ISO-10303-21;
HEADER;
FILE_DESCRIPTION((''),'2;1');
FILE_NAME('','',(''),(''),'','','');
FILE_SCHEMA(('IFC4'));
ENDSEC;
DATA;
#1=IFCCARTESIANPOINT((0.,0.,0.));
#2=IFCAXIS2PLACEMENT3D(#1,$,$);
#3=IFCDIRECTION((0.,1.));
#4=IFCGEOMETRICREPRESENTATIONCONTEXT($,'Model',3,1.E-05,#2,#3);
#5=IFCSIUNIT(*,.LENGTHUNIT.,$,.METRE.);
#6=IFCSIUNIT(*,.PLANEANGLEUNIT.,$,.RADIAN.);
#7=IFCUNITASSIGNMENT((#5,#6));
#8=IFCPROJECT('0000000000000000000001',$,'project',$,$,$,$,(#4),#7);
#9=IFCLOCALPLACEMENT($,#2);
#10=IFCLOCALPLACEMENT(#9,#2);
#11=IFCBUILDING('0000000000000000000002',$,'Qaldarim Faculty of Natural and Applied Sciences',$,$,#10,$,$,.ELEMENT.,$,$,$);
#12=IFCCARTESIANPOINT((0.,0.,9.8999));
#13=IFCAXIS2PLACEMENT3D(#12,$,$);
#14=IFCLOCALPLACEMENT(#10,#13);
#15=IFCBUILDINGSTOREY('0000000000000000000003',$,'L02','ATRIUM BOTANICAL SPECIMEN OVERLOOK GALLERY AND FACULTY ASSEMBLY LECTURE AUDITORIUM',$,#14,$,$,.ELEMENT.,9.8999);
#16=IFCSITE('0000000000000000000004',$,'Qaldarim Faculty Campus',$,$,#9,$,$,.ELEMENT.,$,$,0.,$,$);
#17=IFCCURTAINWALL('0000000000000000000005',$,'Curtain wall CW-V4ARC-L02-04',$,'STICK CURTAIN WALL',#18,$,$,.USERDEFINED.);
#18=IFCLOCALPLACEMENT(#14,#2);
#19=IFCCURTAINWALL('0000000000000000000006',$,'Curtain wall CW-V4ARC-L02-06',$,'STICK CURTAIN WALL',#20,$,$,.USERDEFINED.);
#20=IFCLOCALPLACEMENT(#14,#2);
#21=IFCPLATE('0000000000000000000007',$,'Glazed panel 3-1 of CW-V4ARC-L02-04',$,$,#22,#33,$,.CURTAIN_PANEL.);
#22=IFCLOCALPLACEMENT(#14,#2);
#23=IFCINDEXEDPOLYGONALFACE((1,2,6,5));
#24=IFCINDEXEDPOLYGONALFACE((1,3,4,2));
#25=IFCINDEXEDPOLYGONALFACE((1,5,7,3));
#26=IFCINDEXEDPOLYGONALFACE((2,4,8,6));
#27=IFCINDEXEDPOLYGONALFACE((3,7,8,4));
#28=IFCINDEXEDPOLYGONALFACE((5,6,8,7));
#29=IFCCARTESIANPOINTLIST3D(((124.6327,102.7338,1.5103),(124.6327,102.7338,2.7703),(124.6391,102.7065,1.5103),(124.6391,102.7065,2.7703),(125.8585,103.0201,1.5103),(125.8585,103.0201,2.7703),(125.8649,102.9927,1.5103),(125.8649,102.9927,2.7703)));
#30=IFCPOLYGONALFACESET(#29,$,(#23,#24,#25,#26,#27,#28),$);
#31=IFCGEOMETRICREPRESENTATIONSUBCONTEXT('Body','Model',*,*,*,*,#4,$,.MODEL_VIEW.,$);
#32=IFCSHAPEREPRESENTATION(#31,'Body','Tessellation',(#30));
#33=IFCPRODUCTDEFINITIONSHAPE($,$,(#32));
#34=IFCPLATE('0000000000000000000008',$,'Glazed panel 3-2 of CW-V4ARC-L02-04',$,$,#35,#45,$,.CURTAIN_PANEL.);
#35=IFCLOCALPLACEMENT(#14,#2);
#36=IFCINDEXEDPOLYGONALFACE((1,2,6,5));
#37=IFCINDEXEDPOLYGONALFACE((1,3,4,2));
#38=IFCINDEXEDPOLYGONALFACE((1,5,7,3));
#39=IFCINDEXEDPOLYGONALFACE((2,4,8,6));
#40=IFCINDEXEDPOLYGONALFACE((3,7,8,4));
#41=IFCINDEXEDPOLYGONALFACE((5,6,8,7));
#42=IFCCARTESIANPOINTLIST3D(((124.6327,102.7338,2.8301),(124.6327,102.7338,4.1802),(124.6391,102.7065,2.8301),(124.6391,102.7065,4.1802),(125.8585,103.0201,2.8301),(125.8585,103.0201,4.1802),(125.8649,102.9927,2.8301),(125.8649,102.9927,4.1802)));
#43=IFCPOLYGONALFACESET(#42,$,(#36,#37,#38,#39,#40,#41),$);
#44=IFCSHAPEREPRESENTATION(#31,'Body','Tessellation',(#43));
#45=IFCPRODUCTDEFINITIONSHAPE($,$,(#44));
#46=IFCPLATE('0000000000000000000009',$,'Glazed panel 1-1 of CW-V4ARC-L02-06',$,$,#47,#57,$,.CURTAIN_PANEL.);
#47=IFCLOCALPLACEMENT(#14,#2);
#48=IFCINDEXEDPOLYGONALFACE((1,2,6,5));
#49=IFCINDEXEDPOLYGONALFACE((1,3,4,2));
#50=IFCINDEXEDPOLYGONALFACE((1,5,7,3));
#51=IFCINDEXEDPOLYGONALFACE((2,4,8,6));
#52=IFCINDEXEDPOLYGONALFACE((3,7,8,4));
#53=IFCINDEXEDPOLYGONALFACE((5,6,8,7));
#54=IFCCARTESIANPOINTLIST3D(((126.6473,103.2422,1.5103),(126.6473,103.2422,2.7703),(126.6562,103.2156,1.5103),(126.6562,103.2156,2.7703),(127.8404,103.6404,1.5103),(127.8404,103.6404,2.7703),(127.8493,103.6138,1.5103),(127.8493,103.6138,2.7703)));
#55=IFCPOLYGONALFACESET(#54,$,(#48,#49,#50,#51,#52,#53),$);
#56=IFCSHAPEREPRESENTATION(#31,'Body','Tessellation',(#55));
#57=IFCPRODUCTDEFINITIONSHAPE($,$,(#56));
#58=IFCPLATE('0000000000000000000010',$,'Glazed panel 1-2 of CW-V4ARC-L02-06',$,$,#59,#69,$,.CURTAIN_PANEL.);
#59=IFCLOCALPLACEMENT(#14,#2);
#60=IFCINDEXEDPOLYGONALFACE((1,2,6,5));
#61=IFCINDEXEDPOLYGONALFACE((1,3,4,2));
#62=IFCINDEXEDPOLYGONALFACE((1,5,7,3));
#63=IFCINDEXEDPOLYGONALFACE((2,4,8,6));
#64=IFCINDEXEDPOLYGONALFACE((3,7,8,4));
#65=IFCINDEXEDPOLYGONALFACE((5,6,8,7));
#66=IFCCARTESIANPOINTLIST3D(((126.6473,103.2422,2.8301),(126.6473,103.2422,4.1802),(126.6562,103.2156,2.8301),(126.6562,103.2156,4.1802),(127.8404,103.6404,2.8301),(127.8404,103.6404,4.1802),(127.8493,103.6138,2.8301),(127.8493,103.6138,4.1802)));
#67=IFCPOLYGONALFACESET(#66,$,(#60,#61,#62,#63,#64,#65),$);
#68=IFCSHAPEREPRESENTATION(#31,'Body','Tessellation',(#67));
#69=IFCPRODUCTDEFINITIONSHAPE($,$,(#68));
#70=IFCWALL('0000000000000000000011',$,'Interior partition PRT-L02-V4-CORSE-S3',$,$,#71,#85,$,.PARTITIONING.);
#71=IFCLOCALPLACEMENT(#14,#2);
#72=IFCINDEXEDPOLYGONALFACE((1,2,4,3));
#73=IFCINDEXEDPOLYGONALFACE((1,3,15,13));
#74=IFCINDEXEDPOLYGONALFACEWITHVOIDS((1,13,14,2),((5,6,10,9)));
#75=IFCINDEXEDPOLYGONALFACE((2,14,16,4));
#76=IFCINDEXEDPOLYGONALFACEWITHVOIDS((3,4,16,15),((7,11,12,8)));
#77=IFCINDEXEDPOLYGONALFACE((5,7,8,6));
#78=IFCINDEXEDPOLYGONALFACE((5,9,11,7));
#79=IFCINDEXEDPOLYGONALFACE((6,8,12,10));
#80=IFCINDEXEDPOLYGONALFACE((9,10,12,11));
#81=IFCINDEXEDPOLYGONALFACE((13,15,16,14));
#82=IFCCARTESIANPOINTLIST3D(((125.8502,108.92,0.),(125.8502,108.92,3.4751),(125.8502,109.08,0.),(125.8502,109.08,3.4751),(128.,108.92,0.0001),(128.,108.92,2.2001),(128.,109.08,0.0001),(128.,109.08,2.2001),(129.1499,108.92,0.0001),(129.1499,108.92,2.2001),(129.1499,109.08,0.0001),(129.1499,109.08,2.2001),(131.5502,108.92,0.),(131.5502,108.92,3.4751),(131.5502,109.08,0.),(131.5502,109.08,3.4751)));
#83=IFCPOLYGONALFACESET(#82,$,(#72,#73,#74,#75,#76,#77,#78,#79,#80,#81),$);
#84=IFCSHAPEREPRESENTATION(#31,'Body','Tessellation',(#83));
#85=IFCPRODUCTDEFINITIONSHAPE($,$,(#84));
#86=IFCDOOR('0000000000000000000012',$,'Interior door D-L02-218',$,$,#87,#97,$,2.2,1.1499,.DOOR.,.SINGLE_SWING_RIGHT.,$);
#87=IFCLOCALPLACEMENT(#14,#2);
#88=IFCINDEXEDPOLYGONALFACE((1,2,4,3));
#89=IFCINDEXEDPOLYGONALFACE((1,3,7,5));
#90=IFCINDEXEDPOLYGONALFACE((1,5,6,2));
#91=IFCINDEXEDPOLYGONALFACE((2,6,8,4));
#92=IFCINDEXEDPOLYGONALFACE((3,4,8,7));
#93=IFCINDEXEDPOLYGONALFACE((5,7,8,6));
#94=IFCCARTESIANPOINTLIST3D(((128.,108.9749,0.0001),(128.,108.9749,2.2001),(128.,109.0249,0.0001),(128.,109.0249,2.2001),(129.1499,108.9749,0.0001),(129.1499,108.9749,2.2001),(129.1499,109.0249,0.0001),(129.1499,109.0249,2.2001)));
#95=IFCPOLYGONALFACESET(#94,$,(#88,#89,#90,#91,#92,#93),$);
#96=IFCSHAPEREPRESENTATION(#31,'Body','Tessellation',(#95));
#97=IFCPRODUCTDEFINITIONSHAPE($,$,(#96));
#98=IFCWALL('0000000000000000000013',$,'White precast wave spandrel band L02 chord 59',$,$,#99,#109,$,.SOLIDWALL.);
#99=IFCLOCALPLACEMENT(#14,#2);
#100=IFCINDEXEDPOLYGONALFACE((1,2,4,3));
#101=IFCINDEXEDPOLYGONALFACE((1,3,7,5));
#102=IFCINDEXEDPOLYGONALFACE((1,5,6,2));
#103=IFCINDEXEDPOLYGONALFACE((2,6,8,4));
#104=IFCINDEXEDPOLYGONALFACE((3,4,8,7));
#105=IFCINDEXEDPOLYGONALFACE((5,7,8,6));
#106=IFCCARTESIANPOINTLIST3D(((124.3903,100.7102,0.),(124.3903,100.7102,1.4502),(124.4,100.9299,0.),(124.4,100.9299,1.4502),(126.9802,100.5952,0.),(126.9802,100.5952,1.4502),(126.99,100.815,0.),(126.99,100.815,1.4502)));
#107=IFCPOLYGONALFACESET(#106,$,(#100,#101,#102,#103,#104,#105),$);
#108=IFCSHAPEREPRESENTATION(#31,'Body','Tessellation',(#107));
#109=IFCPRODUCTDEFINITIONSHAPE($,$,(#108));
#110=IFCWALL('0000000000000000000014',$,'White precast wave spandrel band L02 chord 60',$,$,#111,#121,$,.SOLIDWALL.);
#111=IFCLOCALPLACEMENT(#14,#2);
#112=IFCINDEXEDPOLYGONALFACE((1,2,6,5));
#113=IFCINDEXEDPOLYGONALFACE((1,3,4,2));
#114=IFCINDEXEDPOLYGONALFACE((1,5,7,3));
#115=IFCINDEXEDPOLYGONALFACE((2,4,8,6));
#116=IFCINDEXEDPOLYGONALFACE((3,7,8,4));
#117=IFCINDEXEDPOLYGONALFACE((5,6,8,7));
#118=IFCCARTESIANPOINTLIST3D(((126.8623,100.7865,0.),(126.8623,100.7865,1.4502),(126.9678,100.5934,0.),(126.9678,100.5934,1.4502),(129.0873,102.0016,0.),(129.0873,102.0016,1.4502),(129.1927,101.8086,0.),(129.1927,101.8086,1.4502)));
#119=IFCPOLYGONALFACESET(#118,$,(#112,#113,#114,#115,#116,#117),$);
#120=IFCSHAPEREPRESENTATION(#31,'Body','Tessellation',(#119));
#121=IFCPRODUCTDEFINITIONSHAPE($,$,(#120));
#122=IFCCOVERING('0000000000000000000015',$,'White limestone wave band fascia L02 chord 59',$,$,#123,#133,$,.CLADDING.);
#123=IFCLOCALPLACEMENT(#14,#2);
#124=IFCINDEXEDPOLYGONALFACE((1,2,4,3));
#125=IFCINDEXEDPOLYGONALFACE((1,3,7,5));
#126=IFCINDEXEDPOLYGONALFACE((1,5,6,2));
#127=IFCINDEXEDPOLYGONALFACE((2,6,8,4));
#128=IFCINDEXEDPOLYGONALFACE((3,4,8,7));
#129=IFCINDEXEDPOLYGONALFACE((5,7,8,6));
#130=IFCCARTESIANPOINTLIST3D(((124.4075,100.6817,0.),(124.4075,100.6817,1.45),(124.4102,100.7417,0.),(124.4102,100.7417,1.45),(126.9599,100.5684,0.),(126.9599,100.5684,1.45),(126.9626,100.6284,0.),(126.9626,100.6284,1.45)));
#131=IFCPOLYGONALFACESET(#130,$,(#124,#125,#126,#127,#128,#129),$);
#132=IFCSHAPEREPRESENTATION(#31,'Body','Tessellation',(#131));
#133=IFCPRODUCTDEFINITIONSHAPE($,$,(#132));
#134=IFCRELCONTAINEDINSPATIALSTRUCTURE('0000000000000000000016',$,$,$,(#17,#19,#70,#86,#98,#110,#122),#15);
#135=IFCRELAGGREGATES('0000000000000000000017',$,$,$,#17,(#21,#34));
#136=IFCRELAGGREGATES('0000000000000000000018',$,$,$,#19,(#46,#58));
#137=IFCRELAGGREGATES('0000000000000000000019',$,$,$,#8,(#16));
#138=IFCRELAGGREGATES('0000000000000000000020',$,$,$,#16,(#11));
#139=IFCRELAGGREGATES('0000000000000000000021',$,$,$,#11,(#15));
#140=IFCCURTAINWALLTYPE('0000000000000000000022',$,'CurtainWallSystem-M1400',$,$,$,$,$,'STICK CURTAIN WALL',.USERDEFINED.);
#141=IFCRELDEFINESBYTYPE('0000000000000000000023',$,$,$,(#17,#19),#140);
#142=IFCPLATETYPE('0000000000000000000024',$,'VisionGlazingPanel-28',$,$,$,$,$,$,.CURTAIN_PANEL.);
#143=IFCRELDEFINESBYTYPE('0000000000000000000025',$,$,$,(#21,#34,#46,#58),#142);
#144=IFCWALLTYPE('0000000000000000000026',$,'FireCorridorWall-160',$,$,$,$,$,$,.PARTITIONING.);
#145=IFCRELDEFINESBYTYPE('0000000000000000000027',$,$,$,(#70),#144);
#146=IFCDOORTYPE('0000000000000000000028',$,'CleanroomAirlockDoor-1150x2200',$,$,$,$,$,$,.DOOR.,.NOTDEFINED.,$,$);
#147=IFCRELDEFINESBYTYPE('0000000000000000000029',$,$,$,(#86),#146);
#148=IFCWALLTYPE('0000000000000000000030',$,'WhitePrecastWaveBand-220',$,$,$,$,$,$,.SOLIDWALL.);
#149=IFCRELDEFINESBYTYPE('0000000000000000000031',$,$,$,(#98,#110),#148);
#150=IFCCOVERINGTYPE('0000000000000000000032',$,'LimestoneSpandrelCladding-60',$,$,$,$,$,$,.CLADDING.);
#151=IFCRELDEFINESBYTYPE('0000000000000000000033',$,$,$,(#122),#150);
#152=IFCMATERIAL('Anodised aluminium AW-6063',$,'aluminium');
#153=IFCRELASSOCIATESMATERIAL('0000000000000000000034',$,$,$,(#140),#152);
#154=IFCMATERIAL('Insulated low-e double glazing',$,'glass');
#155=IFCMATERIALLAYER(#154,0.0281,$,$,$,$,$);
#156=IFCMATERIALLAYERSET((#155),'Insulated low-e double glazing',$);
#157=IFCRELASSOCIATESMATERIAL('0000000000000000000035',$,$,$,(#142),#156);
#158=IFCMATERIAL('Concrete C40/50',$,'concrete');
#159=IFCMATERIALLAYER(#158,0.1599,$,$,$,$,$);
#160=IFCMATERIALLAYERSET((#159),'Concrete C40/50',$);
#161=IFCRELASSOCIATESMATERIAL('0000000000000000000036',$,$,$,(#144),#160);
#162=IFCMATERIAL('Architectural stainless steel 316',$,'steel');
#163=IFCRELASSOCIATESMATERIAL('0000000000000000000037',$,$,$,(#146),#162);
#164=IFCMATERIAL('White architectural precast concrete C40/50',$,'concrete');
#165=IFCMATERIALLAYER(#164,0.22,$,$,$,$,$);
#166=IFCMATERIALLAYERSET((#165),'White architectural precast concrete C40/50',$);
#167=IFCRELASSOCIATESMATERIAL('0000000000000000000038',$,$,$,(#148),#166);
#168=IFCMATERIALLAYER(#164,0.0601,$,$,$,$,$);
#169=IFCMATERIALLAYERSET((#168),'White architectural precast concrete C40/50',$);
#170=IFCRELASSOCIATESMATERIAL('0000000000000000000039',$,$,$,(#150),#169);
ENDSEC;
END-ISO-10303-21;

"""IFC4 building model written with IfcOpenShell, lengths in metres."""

from ifc_helpers import new_model, si_unit, direction, frame, frame_2d, origin, origin_2d, place, context, subcontext, project, spatial, rectangle, extrude, material, layer, layer_set, type_object, element, fill, aggregate, save


model = new_model("IFC4")

# Units and contexts
model_context = context("Model", 3, precision=1e-05, world=origin(), true_north=direction((0.0, 1.0)))
body_context = subcontext(model_context, "Body", "Model", "MODEL_VIEW")
ifc_project = project(units=[si_unit("LENGTHUNIT", "METRE"), si_unit("PLANEANGLEUNIT", "RADIAN")], contexts=[model_context])

# Site, building, storey
site_placement = place(None, origin())
site = spatial("IfcSite", under=ifc_project, at=site_placement, Name="Qaldarim Faculty Campus", CompositionType="ELEMENT", RefElevation=0.0)
building_placement = place(site_placement, origin())
building = spatial("IfcBuilding", under=site, at=building_placement, Name="Qaldarim Faculty of Natural and Applied Sciences", CompositionType="ELEMENT")
storey_placement = place(building_placement, frame((0.0, 0.0, 9.8999)))
storey = spatial("IfcBuildingStorey", under=building, at=storey_placement, Name="L02", Description="ATRIUM BOTANICAL SPECIMEN OVERLOOK GALLERY AND FACULTY ASSEMBLY LECTURE AUDITORIUM", CompositionType="ELEMENT", Elevation=9.8999)

# Curtain walls
ifc_material_1 = material(Name="Anodised aluminium AW-6063", Category="aluminium")
curtain_wall_type = type_object("IfcCurtainWallType", Name="CurtainWallSystem-M1400", ElementType="STICK CURTAIN WALL", PredefinedType="USERDEFINED", material=ifc_material_1)
curtain_wall_1_placement = place(storey_placement, origin())
curtain_wall_1 = element("IfcCurtainWall", 1, at=curtain_wall_1_placement, inside=storey, type_object=curtain_wall_type, Name="Curtain wall CW-V4ARC-L02-04", ObjectType="STICK CURTAIN WALL", PredefinedType="USERDEFINED")
curtain_wall_2_placement = place(storey_placement, origin())
curtain_wall_2 = element("IfcCurtainWall", 2, at=curtain_wall_2_placement, inside=storey, type_object=curtain_wall_type, Name="Curtain wall CW-V4ARC-L02-06", ObjectType="STICK CURTAIN WALL", PredefinedType="USERDEFINED")

# Plates
ifc_material_2 = material(Name="Insulated low-e double glazing", Category="glass")
ifc_layer_1 = layer(ifc_material_2, 0.0281)
ifc_layer_set_1 = layer_set([ifc_layer_1], Name="Insulated low-e double glazing")
plate_type = type_object("IfcPlateType", Name="VisionGlazingPanel-28", PredefinedType="CURTAIN_PANEL", material=ifc_layer_set_1)
plate_1_placement = place(storey_placement, frame((125.2488, 102.8633, 1.5103), z_axis=(0.0, 0.0, 1.0), x_axis=(0.973806, 0.227382, 0.0)))
plate_1 = element("IfcPlate", 3, at=plate_1_placement, type_object=plate_type, Name="Glazed panel 3-1 of CW-V4ARC-L02-04", PredefinedType="CURTAIN_PANEL", context=body_context, shape_type="SweptSolid", body=[
    extrude(rectangle(XDim=1.2588, YDim=0.0281, at=origin_2d()), origin(), (0.0, 0.0, 1.0), 1.26),
])
plate_2_placement = place(storey_placement, frame((125.2488, 102.8633, 2.8301), z_axis=(0.0, 0.0, 1.0), x_axis=(0.973806, 0.227382, 0.0)))
plate_2 = element("IfcPlate", 4, at=plate_2_placement, type_object=plate_type, Name="Glazed panel 3-2 of CW-V4ARC-L02-04", PredefinedType="CURTAIN_PANEL", context=body_context, shape_type="SweptSolid", body=[
    extrude(rectangle(XDim=1.2588, YDim=0.0281, at=origin_2d()), origin(), (0.0, 0.0, 1.0), 1.3501),
])
aggregate(curtain_wall_1, [plate_1, plate_2])
plate_3_placement = place(storey_placement, frame((127.2483, 103.428, 1.5103), z_axis=(0.0, 0.0, 1.0), x_axis=(0.948562, 0.316593, 0.0)))
plate_3 = element("IfcPlate", 5, at=plate_3_placement, type_object=plate_type, Name="Glazed panel 1-1 of CW-V4ARC-L02-06", PredefinedType="CURTAIN_PANEL", context=body_context, shape_type="SweptSolid", body=[
    extrude(rectangle(XDim=1.2578, YDim=0.0281, at=origin_2d()), origin(), (0.0, 0.0, 1.0), 1.26),
])
plate_4_placement = place(storey_placement, frame((127.2483, 103.428, 2.8301), z_axis=(0.0, 0.0, 1.0), x_axis=(0.948562, 0.316593, 0.0)))
plate_4 = element("IfcPlate", 6, at=plate_4_placement, type_object=plate_type, Name="Glazed panel 1-2 of CW-V4ARC-L02-06", PredefinedType="CURTAIN_PANEL", context=body_context, shape_type="SweptSolid", body=[
    extrude(rectangle(XDim=1.2578, YDim=0.0281, at=origin_2d()), origin(), (0.0, 0.0, 1.0), 1.3501),
])
aggregate(curtain_wall_2, [plate_3, plate_4])

# Wall, opening, door
ifc_material_3 = material(Name="Concrete C40/50", Category="concrete")
ifc_layer_2 = layer(ifc_material_3, 0.1599)
ifc_layer_set_2 = layer_set([ifc_layer_2], Name="Concrete C40/50")
wall_type_1 = type_object("IfcWallType", Name="FireCorridorWall-160", PredefinedType="PARTITIONING", material=ifc_layer_set_2)
wall_1_placement = place(storey_placement, frame((125.8501, 109.0, 0.0), z_axis=(0.0, 0.0, 1.0), x_axis=(1.0, 0.0, 0.0)))
wall_1 = element("IfcWall", 7, at=wall_1_placement, inside=storey, type_object=wall_type_1, Name="Interior partition PRT-L02-V4-CORSE-S3", PredefinedType="PARTITIONING", context=body_context, shape_type="SweptSolid", body=[
    extrude(rectangle(XDim=5.7, YDim=0.1599, at=frame_2d((2.8501, 0.0))), origin(), (0.0, 0.0, 1.0), 3.4751),
])
opening_placement = place(wall_1_placement, frame((2.1499, 0.0, 0.0)))
opening = element("IfcOpeningElement", 8, at=opening_placement, cuts=wall_1, PredefinedType="OPENING", context=body_context, shape_type="SweptSolid", body=[
    extrude(rectangle(XDim=1.1499, YDim=2.2, at=frame_2d((0.575, 1.1001))), frame((0.0, 0.0898, 0.0), z_axis=(0.0, -1.0, 0.0), x_axis=(1.0, 0.0, 0.0)), (0.0, 0.0, 1.0), 0.1799),
])
ifc_material_4 = material(Name="Architectural stainless steel 316", Category="steel")
door_type = type_object("IfcDoorType", Name="CleanroomAirlockDoor-1150x2200", OperationType="NOTDEFINED", PredefinedType="DOOR", material=ifc_material_4)
door_placement = place(opening_placement, origin())
door = element("IfcDoor", 9, at=door_placement, inside=storey, type_object=door_type, Name="Interior door D-L02-218", OperationType="SINGLE_SWING_RIGHT", OverallHeight=2.2, OverallWidth=1.1499, PredefinedType="DOOR", context=body_context, shape_type="SweptSolid", body=[
    extrude(rectangle(XDim=1.1499, YDim=2.2, at=frame_2d((0.575, 1.1001))), frame((0.0, 0.0249, 0.0), z_axis=(0.0, -1.0, 0.0), x_axis=(1.0, 0.0, 0.0)), (0.0, 0.0, 1.0), 0.05),
])
fill(opening, door)

# Walls
ifc_material_5 = material(Name="White architectural precast concrete C40/50", Category="concrete")
ifc_layer_3 = layer(ifc_material_5, 0.22)
ifc_layer_set_3 = layer_set([ifc_layer_3], Name="White architectural precast concrete C40/50")
wall_type_2 = type_object("IfcWallType", Name="WhitePrecastWaveBand-220", PredefinedType="SOLIDWALL", material=ifc_layer_set_3)
wall_2_placement = place(storey_placement, frame((124.395, 100.8201, 0.0), z_axis=(0.0, 0.0, 1.0), x_axis=(0.999016, -0.044353, 0.0)))
element("IfcWall", 10, at=wall_2_placement, inside=storey, type_object=wall_type_2, Name="White precast wave spandrel band L02 chord 59", PredefinedType="SOLIDWALL", context=body_context, shape_type="SweptSolid", body=[
    extrude(rectangle(XDim=2.5925, YDim=0.22, at=frame_2d((1.2964, 0.0))), origin(), (0.0, 0.0, 1.0), 1.4502),
])
wall_3_placement = place(storey_placement, frame((126.915, 100.6899, 0.0), z_axis=(0.0, 0.0, 1.0), x_axis=(0.877641, 0.479318, 0.0)))
element("IfcWall", 11, at=wall_3_placement, inside=storey, type_object=wall_type_2, Name="White precast wave spandrel band L02 chord 60", PredefinedType="SOLIDWALL", context=body_context, shape_type="SweptSolid", body=[
    extrude(rectangle(XDim=2.5352, YDim=0.22, at=frame_2d((1.2676, 0.0))), origin(), (0.0, 0.0, 1.0), 1.4502),
])

# Covering
ifc_layer_4 = layer(ifc_material_5, 0.0601)
ifc_layer_set_4 = layer_set([ifc_layer_4], Name="White architectural precast concrete C40/50")
covering_type = type_object("IfcCoveringType", Name="LimestoneSpandrelCladding-60", PredefinedType="CLADDING", material=ifc_layer_set_4)
covering_placement = place(storey_placement, frame((125.6851, 100.655, 0.0), z_axis=(0.0, 0.0, 1.0), x_axis=(0.999016, -0.044352, 0.0)))
element("IfcCovering", 12, at=covering_placement, inside=storey, type_object=covering_type, Name="White limestone wave band fascia L02 chord 59", PredefinedType="CLADDING", context=body_context, shape_type="SweptSolid", body=[
    extrude(rectangle(XDim=2.5549, YDim=0.0601, at=origin_2d()), origin(), (0.0, 0.0, 1.0), 1.45),
])

save(model, "model.ifc")
